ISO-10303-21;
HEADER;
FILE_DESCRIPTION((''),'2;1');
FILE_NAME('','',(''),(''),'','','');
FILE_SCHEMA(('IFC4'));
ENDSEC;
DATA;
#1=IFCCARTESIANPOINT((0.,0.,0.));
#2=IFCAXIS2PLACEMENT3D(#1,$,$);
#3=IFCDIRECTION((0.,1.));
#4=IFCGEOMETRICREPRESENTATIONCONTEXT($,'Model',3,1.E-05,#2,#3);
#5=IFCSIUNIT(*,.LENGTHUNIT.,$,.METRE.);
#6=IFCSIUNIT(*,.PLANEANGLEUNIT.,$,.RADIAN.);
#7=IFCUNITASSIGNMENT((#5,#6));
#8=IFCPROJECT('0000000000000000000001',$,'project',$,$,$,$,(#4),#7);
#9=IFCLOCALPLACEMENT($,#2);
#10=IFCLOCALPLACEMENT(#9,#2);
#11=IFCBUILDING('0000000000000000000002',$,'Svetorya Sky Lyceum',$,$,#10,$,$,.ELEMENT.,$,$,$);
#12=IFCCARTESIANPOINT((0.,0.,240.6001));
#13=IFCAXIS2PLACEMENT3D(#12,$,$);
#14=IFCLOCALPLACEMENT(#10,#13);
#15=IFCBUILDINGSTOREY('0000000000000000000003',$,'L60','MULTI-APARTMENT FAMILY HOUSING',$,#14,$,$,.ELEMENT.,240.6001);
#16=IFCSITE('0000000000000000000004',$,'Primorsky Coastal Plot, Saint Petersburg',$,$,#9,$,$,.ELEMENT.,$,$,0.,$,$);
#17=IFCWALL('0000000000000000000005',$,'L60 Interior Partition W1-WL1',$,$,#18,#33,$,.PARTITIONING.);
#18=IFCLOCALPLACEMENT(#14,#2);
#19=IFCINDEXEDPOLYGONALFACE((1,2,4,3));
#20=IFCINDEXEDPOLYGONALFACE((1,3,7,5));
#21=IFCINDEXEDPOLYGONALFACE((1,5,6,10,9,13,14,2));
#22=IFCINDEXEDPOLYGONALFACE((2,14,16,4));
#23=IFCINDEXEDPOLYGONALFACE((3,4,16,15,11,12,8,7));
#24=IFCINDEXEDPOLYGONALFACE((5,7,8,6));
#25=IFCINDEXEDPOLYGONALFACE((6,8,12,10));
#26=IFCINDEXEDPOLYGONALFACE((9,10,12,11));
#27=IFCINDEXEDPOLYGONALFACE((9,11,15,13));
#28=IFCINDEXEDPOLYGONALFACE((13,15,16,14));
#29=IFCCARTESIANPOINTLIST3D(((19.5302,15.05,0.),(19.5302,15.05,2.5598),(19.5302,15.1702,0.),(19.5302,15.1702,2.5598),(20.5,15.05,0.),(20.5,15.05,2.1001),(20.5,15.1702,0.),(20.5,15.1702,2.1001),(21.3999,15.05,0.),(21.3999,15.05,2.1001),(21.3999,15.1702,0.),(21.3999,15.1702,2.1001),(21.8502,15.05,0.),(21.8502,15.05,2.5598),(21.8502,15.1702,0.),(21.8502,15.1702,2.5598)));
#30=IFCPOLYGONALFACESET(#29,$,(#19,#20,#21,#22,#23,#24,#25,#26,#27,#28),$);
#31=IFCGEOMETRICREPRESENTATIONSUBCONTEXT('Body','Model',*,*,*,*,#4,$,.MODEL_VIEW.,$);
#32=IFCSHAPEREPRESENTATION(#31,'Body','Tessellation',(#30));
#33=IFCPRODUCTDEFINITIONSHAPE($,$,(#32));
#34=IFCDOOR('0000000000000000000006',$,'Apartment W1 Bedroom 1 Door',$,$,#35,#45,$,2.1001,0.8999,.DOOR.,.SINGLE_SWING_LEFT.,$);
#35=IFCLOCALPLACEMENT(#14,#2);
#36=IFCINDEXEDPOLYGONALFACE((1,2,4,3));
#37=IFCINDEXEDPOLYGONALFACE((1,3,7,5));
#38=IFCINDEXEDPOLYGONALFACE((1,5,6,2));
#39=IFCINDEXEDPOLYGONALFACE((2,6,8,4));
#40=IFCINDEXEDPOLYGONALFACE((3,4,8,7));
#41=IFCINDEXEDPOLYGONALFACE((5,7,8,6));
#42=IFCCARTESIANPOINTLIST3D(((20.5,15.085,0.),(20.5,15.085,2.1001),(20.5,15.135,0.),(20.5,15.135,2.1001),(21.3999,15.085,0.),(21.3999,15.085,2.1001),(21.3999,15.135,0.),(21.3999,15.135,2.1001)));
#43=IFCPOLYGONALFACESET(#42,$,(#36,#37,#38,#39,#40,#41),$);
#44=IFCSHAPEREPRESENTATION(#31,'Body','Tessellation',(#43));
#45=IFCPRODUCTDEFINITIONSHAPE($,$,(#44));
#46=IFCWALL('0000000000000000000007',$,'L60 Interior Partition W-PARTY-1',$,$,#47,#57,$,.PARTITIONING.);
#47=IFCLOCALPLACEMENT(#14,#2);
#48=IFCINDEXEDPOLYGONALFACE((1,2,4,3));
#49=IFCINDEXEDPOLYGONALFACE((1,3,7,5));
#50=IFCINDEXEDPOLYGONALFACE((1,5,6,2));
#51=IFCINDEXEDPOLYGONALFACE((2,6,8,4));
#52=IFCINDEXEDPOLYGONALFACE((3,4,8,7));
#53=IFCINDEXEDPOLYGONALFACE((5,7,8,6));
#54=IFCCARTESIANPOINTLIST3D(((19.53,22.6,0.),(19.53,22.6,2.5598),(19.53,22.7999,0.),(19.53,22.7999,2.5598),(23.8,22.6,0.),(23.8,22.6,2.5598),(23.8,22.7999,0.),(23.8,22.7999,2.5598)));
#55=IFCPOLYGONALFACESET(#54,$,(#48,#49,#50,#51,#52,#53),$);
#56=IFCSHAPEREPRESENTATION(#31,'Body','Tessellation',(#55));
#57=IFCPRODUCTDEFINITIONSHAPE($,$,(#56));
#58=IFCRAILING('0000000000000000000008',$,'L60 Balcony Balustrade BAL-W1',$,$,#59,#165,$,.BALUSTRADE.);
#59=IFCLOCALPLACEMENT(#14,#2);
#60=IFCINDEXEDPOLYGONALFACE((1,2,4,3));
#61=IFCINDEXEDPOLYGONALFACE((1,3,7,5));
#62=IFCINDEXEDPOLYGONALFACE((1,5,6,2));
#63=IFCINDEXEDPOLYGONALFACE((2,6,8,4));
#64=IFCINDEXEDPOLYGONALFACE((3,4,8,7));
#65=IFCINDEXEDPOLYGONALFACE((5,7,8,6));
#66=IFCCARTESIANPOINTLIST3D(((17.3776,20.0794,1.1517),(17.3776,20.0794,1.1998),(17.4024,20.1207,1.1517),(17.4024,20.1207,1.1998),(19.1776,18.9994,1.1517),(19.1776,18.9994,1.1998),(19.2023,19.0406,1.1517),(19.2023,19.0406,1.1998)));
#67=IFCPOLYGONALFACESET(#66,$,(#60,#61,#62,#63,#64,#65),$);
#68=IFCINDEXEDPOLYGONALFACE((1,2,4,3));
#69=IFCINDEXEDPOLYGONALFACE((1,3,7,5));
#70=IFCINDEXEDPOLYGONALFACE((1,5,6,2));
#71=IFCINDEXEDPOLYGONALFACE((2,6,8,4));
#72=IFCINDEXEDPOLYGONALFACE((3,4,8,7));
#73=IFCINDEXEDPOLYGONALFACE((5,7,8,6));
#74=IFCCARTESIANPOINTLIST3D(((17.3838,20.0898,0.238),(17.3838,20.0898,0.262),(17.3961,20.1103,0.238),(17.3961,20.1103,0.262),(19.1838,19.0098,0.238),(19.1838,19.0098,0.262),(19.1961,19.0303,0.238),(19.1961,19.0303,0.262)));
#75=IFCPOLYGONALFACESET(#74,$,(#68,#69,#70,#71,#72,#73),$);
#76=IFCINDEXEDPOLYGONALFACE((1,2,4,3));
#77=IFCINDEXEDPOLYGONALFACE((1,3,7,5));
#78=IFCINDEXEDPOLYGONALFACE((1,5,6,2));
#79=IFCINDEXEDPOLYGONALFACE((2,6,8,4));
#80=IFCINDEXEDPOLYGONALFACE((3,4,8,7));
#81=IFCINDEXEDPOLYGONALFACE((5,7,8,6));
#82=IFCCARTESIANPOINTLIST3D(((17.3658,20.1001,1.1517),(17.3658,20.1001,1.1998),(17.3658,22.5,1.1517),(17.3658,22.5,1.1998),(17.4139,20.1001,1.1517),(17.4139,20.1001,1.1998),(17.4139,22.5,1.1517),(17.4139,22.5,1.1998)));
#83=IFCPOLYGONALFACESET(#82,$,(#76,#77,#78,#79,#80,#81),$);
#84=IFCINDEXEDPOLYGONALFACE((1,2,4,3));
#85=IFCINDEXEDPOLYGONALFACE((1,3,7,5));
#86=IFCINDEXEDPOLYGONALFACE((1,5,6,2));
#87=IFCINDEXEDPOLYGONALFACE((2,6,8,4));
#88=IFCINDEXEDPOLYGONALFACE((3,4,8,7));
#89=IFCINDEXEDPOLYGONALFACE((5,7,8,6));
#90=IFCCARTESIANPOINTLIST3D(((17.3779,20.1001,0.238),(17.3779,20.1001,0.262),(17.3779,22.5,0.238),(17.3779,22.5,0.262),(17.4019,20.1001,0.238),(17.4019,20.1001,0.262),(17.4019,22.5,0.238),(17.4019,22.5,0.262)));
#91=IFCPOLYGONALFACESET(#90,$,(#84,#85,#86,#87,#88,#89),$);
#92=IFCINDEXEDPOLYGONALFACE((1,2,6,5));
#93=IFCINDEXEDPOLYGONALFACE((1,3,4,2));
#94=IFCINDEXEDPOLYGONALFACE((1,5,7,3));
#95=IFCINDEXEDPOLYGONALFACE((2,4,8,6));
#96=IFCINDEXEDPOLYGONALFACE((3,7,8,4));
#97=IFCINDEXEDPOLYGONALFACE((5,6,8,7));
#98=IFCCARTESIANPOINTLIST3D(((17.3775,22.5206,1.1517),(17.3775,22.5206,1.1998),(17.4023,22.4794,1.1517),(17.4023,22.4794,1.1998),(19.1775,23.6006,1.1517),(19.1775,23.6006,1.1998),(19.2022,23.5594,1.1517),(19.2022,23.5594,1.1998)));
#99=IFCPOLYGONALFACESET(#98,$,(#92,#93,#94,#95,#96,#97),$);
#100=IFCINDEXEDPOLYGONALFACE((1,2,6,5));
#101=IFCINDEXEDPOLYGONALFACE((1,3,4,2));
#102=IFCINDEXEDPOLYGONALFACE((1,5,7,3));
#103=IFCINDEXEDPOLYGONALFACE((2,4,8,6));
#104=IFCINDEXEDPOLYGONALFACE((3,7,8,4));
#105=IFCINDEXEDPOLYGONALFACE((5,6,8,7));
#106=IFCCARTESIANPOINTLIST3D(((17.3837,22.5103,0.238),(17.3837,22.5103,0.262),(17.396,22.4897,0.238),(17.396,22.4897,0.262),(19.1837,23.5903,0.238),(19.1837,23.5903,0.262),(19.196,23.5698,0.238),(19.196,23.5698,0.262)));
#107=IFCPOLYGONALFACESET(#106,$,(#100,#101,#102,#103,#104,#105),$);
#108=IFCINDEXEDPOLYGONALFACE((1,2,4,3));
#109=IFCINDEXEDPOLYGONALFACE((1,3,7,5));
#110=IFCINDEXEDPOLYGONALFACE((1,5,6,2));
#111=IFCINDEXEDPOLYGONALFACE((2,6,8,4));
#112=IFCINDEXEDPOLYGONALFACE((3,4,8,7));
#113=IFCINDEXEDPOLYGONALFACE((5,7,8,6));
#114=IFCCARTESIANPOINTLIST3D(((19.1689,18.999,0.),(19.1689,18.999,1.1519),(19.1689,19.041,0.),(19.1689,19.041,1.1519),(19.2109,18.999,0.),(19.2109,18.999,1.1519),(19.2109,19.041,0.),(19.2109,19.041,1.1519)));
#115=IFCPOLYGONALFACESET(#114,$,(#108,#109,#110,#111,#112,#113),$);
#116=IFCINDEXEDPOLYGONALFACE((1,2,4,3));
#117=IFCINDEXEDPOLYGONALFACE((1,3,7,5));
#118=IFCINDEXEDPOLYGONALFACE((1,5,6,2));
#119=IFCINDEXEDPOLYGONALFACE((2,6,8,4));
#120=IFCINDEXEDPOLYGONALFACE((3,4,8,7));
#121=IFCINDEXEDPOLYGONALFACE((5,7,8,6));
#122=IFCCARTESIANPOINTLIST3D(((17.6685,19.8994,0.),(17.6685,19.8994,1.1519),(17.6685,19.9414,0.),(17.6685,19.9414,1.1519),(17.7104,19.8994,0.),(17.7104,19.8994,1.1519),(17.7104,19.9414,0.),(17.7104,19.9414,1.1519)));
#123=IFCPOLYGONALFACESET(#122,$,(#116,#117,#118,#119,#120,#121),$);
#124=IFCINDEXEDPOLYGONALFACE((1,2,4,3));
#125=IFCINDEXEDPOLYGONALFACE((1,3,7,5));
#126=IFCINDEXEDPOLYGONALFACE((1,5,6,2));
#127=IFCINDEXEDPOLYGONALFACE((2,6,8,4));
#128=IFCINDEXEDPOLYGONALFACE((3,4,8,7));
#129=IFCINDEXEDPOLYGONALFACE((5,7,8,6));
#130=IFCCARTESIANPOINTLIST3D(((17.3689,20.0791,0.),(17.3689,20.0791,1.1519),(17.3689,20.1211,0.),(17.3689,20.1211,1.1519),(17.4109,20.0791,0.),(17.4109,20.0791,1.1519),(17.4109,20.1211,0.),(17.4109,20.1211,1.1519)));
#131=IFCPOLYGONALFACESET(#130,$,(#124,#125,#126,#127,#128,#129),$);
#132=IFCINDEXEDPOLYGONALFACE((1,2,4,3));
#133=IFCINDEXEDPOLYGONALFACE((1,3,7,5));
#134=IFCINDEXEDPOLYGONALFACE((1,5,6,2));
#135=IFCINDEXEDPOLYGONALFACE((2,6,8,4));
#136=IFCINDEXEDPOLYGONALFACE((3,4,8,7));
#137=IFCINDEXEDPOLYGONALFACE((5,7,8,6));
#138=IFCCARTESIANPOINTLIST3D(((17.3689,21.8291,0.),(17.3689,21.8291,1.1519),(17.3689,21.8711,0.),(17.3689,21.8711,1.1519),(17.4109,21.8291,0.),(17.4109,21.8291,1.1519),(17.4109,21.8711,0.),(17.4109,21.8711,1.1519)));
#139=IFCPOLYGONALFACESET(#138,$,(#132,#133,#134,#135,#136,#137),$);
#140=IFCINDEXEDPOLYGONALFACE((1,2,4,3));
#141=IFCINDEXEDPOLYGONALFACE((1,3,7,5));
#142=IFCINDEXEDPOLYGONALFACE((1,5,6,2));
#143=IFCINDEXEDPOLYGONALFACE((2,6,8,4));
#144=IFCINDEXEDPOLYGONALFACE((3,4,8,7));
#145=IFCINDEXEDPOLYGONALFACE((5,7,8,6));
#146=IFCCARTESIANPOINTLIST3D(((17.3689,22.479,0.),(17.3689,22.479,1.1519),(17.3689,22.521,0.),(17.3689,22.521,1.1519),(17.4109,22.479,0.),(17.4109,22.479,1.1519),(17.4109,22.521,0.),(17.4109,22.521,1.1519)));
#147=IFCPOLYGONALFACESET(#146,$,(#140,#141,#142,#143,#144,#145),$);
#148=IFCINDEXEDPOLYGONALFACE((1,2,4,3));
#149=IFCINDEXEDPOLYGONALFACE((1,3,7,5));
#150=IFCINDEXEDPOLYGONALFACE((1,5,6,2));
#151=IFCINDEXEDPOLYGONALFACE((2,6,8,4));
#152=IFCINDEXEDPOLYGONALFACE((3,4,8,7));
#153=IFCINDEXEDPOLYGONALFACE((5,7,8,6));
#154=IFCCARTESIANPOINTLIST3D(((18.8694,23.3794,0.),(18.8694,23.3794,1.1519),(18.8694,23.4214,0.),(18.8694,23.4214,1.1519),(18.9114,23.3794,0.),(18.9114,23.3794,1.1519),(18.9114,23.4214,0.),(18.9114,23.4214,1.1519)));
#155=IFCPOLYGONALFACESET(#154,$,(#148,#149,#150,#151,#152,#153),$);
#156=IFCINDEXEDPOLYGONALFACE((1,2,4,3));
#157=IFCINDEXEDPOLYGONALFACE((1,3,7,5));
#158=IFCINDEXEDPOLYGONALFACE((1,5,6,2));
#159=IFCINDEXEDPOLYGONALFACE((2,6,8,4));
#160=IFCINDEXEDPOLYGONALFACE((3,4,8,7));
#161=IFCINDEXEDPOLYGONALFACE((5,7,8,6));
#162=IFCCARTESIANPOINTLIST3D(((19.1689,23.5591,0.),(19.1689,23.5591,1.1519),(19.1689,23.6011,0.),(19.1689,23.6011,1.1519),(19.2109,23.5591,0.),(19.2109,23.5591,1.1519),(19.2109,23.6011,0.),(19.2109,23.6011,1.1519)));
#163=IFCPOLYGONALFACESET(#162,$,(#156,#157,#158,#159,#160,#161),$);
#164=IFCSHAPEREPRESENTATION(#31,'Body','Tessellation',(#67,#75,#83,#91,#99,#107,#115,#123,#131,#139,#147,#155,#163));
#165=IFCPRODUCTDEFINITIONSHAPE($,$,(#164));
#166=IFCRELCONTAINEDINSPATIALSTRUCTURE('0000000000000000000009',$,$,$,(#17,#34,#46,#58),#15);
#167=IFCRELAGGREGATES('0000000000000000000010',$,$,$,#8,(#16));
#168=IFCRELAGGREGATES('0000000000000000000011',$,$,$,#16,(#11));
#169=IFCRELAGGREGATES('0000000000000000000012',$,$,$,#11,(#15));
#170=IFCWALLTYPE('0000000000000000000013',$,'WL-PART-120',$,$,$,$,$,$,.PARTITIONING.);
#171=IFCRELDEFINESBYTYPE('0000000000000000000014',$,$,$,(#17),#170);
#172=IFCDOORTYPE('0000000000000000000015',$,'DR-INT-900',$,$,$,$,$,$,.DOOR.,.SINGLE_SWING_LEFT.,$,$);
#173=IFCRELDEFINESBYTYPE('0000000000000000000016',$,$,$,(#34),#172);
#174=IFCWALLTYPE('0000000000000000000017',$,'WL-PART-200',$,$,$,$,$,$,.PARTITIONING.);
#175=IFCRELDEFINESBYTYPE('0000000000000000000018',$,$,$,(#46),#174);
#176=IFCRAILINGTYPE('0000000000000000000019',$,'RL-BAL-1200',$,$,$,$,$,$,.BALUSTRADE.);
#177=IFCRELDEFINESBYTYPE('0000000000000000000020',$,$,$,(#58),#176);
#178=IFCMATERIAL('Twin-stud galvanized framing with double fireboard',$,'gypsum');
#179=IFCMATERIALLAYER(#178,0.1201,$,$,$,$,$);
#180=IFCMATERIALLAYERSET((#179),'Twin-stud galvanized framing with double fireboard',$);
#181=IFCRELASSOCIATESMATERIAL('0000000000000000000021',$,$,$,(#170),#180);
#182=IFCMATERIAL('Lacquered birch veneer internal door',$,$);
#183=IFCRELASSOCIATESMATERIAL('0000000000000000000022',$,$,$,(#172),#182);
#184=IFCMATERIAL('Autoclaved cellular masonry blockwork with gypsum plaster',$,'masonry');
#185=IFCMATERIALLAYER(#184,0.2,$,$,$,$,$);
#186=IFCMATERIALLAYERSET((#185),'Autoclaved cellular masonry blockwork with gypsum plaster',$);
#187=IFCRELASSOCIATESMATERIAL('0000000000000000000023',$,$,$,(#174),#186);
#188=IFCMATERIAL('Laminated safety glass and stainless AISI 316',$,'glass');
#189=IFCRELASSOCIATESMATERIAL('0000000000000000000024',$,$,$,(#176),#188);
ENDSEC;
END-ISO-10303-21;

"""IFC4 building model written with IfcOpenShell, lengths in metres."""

from ifc_helpers import new_model, si_unit, direction, frame, frame_2d, origin, origin_2d, place, context, subcontext, project, spatial, rectangle, extrude, material, layer, layer_set, type_object, element, fill, save


model = new_model("IFC4")

# Units and contexts
model_context = context("Model", 3, precision=1e-05, world=origin(), true_north=direction((0.0, 1.0)))
body_context = subcontext(model_context, "Body", "Model", "MODEL_VIEW")
ifc_project = project(units=[si_unit("LENGTHUNIT", "METRE"), si_unit("PLANEANGLEUNIT", "RADIAN")], contexts=[model_context])

# Site, building, storey
site_placement = place(None, origin())
site = spatial("IfcSite", under=ifc_project, at=site_placement, Name="Primorsky Coastal Plot, Saint Petersburg", CompositionType="ELEMENT", RefElevation=0.0)
building_placement = place(site_placement, origin())
building = spatial("IfcBuilding", under=site, at=building_placement, Name="Svetorya Sky Lyceum", CompositionType="ELEMENT")
storey_placement = place(building_placement, frame((0.0, 0.0, 240.6001)))
storey = spatial("IfcBuildingStorey", under=building, at=storey_placement, Name="L60", Description="MULTI-APARTMENT FAMILY HOUSING", CompositionType="ELEMENT", Elevation=240.6001)

# Wall, opening, door
ifc_material_1 = material(Name="Twin-stud galvanized framing with double fireboard", Category="gypsum")
ifc_layer_1 = layer(ifc_material_1, 0.1201)
ifc_layer_set_1 = layer_set([ifc_layer_1], Name="Twin-stud galvanized framing with double fireboard")
wall_type_1 = type_object("IfcWallType", Name="WL-PART-120", PredefinedType="PARTITIONING", material=ifc_layer_set_1)
wall_1_placement = place(storey_placement, frame((19.53, 15.1101, 0.0), z_axis=(0.0, 0.0, 1.0), x_axis=(1.0, 0.0, 0.0)))
wall_1 = element("IfcWall", 1, at=wall_1_placement, inside=storey, type_object=wall_type_1, Name="L60 Interior Partition W1-WL1", PredefinedType="PARTITIONING", context=body_context, shape_type="SweptSolid", body=[
    extrude(rectangle(XDim=2.3201, YDim=0.1201, at=frame_2d((1.1602, 0.0))), origin(), (0.0, 0.0, 1.0), 2.5598),
])
opening_placement = place(wall_1_placement, frame((0.97, 0.0, 0.0)))
opening = element("IfcOpeningElement", 2, at=opening_placement, cuts=wall_1, PredefinedType="OPENING", context=body_context, shape_type="SweptSolid", body=[
    extrude(rectangle(XDim=0.8999, YDim=2.1001, at=frame_2d((0.45, 1.05))), frame((0.0, 0.0701, 0.0), z_axis=(0.0, -1.0, 0.0), x_axis=(1.0, 0.0, 0.0)), (0.0, 0.0, 1.0), 0.1401),
])
ifc_material_2 = material(Name="Lacquered birch veneer internal door")
door_type = type_object("IfcDoorType", Name="DR-INT-900", OperationType="SINGLE_SWING_LEFT", PredefinedType="DOOR", material=ifc_material_2)
door_placement = place(opening_placement, origin())
door = element("IfcDoor", 3, at=door_placement, inside=storey, type_object=door_type, Name="Apartment W1 Bedroom 1 Door", OperationType="SINGLE_SWING_LEFT", OverallHeight=2.1001, OverallWidth=0.8999, PredefinedType="DOOR", context=body_context, shape_type="SweptSolid", body=[
    extrude(rectangle(XDim=0.8999, YDim=2.1001, at=frame_2d((0.45, 1.05))), frame((0.0, 0.0249, 0.0), z_axis=(0.0, -1.0, 0.0), x_axis=(1.0, 0.0, 0.0)), (0.0, 0.0, 1.0), 0.05),
])
fill(opening, door)

# Wall
ifc_material_3 = material(Name="Autoclaved cellular masonry blockwork with gypsum plaster", Category="masonry")
ifc_layer_2 = layer(ifc_material_3, 0.2)
ifc_layer_set_2 = layer_set([ifc_layer_2], Name="Autoclaved cellular masonry blockwork with gypsum plaster")
wall_type_2 = type_object("IfcWallType", Name="WL-PART-200", PredefinedType="PARTITIONING", material=ifc_layer_set_2)
wall_2_placement = place(storey_placement, frame((19.53, 22.7, 0.0), z_axis=(0.0, 0.0, 1.0), x_axis=(1.0, 0.0, 0.0)))
element("IfcWall", 4, at=wall_2_placement, inside=storey, type_object=wall_type_2, Name="L60 Interior Partition W-PARTY-1", PredefinedType="PARTITIONING", context=body_context, shape_type="SweptSolid", body=[
    extrude(rectangle(XDim=4.27, YDim=0.2, at=frame_2d((2.135, 0.0))), origin(), (0.0, 0.0, 1.0), 2.5598),
])

# Railing
ifc_material_4 = material(Name="Laminated safety glass and stainless AISI 316", Category="glass")
railing_type = type_object("IfcRailingType", Name="RL-BAL-1200", PredefinedType="BALUSTRADE", material=ifc_material_4)
railing_placement = place(storey_placement, frame((19.1899, 19.02, 0.0)))
element("IfcRailing", 5, at=railing_placement, inside=storey, type_object=railing_type, Name="L60 Balcony Balustrade BAL-W1", PredefinedType="BALUSTRADE", context=body_context, shape_type="SweptSolid", body=[
    extrude(rectangle(XDim=0.0481, YDim=0.0481, at=origin_2d()), frame((0.0, 0.0, 1.1758), z_axis=(-0.857483, 0.514513, 0.0), x_axis=(-0.514513, -0.857483, 0.0)), (0.0, 0.0, 1.0), 2.0991),
    extrude(rectangle(XDim=0.0239, YDim=0.0239, at=origin_2d()), frame((0.0, 0.0, 0.25), z_axis=(-0.857483, 0.514513, 0.0), x_axis=(-0.514513, -0.857483, 0.0)), (0.0, 0.0, 1.0), 2.0991),
    extrude(rectangle(XDim=0.0481, YDim=0.0481, at=origin_2d()), frame((-1.8, 1.0801, 1.1758), z_axis=(0.0, 1.0, 0.0), x_axis=(-1.0, 0.0, 0.0)), (0.0, 0.0, 1.0), 2.3999),
    extrude(rectangle(XDim=0.0239, YDim=0.0239, at=origin_2d()), frame((-1.8, 1.0801, 0.25), z_axis=(0.0, 1.0, 0.0), x_axis=(-1.0, 0.0, 0.0)), (0.0, 0.0, 1.0), 2.3999),
    extrude(rectangle(XDim=0.0481, YDim=0.0481, at=origin_2d()), frame((-1.8, 3.48, 1.1758), z_axis=(0.857483, 0.514513, 0.0), x_axis=(-0.514513, 0.857483, 0.0)), (0.0, 0.0, 1.0), 2.0991),
    extrude(rectangle(XDim=0.0239, YDim=0.0239, at=origin_2d()), frame((-1.8, 3.48, 0.25), z_axis=(0.857483, 0.514513, 0.0), x_axis=(-0.514513, 0.857483, 0.0)), (0.0, 0.0, 1.0), 2.0991),
    extrude(rectangle(XDim=0.042, YDim=0.042, at=origin_2d()), origin(), (0.0, 0.0, 1.0), 1.1519),
    extrude(rectangle(XDim=0.042, YDim=0.042, at=origin_2d()), frame((-1.5005, 0.9004, 0.0)), (0.0, 0.0, 1.0), 1.1519),
    extrude(rectangle(XDim=0.042, YDim=0.042, at=origin_2d()), frame((-1.8, 1.0801, 0.0)), (0.0, 0.0, 1.0), 1.1519),
    extrude(rectangle(XDim=0.042, YDim=0.042, at=origin_2d()), frame((-1.8, 2.8301, 0.0)), (0.0, 0.0, 1.0), 1.1519),
    extrude(rectangle(XDim=0.042, YDim=0.042, at=origin_2d()), frame((-1.8, 3.48, 0.0)), (0.0, 0.0, 1.0), 1.1519),
    extrude(rectangle(XDim=0.042, YDim=0.042, at=origin_2d()), frame((-0.2996, 4.3804, 0.0)), (0.0, 0.0, 1.0), 1.1519),
    extrude(rectangle(XDim=0.042, YDim=0.042, at=origin_2d()), frame((0.0, 4.5601, 0.0)), (0.0, 0.0, 1.0), 1.1519),
])

save(model, "model.ifc")
